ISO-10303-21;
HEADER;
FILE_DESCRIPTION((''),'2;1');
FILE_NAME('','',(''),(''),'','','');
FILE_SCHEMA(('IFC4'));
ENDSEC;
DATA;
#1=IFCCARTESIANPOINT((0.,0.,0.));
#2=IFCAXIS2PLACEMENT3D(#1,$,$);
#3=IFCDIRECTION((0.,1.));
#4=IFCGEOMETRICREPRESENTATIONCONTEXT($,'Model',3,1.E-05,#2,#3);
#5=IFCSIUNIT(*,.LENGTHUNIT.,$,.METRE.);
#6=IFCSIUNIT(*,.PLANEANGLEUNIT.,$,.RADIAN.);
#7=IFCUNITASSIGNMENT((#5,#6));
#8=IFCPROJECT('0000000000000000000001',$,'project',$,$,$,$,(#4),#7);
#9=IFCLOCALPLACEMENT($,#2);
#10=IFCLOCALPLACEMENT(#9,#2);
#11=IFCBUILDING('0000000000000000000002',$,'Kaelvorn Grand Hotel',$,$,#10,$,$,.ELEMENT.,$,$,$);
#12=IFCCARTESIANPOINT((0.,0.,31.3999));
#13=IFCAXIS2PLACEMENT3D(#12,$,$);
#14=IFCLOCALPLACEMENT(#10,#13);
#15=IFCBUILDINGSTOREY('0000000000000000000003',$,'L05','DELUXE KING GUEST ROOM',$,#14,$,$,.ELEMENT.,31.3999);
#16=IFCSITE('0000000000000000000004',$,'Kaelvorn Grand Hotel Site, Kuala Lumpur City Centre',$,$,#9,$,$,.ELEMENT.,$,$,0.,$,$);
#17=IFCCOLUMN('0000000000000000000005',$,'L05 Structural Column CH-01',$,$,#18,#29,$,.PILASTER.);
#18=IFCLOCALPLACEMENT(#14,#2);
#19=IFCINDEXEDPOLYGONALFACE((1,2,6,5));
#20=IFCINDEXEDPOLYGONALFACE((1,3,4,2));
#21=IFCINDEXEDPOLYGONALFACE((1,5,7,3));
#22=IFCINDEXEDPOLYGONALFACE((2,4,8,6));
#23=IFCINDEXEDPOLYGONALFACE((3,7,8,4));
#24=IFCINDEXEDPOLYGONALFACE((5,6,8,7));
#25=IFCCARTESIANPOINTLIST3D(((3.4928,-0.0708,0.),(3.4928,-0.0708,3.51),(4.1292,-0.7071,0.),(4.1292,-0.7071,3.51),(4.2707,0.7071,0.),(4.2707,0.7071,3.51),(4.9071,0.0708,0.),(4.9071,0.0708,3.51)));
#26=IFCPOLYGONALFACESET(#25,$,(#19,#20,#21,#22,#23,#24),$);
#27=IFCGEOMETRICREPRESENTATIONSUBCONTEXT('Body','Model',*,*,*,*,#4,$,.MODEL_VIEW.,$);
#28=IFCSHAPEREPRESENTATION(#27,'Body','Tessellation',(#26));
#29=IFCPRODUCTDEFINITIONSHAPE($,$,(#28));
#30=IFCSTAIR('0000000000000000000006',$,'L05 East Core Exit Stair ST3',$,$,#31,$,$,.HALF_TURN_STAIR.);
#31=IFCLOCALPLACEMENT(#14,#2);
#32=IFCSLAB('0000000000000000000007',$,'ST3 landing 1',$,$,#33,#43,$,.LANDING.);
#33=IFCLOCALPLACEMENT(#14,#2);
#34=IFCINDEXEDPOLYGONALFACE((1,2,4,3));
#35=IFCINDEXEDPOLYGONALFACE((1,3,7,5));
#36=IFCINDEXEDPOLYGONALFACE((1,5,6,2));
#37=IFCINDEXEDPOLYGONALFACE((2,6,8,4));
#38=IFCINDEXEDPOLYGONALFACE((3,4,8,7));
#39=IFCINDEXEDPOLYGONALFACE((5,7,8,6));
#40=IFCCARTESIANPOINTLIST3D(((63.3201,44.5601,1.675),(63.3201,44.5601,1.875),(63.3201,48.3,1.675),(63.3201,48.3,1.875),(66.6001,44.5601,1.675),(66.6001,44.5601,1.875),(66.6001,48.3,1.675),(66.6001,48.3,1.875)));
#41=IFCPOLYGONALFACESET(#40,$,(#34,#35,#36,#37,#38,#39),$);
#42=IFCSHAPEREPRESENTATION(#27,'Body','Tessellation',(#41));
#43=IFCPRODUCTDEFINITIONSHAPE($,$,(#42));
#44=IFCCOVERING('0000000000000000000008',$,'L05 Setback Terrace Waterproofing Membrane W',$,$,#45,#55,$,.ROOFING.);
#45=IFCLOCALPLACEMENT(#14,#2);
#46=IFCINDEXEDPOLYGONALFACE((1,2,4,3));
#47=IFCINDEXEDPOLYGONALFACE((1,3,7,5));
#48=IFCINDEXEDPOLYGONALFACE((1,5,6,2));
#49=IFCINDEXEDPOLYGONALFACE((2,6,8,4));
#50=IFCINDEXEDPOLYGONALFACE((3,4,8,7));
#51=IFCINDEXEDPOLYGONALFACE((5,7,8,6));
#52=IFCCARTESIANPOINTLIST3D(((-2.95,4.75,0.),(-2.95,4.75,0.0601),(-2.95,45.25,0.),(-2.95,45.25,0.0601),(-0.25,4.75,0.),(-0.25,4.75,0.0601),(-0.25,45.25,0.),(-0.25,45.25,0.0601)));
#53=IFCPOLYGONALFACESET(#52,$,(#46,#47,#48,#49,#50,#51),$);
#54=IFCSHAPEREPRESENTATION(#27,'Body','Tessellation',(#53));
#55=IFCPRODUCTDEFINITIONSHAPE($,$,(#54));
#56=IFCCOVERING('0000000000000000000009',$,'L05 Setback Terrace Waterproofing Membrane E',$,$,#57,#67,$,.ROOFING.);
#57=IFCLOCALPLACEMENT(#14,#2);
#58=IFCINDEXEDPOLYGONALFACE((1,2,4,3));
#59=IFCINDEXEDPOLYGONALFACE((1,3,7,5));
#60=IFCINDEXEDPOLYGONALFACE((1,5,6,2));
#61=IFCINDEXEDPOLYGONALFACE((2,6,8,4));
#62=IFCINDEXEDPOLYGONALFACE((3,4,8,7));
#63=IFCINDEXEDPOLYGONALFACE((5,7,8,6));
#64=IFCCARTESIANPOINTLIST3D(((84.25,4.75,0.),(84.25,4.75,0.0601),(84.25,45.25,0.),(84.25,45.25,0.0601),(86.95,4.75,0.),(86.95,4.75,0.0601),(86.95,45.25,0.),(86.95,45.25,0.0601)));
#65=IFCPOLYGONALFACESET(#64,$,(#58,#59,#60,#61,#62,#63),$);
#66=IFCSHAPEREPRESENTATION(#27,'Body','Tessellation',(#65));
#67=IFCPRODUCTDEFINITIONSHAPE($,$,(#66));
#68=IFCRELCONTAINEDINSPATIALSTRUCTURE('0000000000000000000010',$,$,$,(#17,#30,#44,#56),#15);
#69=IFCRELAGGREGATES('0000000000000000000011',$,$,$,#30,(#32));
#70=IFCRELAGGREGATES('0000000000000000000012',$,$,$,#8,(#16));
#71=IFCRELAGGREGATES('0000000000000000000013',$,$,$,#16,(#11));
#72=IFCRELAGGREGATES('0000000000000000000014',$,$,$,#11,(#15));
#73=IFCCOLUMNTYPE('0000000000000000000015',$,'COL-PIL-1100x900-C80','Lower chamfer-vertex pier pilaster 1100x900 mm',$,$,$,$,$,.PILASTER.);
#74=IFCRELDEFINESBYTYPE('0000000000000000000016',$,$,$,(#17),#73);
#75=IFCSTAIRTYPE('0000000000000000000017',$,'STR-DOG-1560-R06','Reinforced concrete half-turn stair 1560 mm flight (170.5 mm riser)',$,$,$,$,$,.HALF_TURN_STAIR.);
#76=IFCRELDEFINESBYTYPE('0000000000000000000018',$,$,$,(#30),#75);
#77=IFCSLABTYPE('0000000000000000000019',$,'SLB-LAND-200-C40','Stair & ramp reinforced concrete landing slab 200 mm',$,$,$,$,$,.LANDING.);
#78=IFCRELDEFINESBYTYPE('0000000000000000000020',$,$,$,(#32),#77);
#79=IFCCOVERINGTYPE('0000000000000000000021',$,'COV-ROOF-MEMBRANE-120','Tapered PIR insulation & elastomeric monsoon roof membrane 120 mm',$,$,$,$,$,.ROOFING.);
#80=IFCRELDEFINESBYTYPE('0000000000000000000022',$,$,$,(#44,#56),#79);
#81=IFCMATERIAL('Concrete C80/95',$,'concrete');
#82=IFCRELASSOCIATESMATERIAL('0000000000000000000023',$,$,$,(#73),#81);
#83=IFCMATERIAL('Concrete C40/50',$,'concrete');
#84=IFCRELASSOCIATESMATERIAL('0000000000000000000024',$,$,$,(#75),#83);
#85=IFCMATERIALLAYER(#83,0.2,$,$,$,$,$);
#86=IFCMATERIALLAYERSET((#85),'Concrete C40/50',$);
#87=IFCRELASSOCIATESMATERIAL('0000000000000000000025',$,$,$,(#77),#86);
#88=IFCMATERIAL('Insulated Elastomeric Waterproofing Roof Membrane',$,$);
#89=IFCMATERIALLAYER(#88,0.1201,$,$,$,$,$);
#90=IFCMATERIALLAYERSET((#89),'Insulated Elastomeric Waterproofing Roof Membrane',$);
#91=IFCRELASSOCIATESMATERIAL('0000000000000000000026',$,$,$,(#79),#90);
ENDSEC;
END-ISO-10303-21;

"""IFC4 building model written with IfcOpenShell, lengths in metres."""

from ifc_helpers import new_model, si_unit, direction, frame, origin, origin_2d, place, context, subcontext, project, spatial, polyline, rectangle, outline, extrude, material, layer, layer_set, material_profile, profile_set, type_object, element, aggregate, save


model = new_model("IFC4")

# Units and contexts
model_context = context("Model", 3, precision=1e-05, world=origin(), true_north=direction((0.0, 1.0)))
body_context = subcontext(model_context, "Body", "Model", "MODEL_VIEW")
ifc_project = project(units=[si_unit("LENGTHUNIT", "METRE"), si_unit("PLANEANGLEUNIT", "RADIAN")], contexts=[model_context])

# Site, building, storey
site_placement = place(None, origin())
site = spatial("IfcSite", under=ifc_project, at=site_placement, Name="Kaelvorn Grand Hotel Site, Kuala Lumpur City Centre", CompositionType="ELEMENT", RefElevation=0.0)
building_placement = place(site_placement, origin())
building = spatial("IfcBuilding", under=site, at=building_placement, Name="Kaelvorn Grand Hotel", CompositionType="ELEMENT")
storey_placement = place(building_placement, frame((0.0, 0.0, 31.3999)))
storey = spatial("IfcBuildingStorey", under=building, at=storey_placement, Name="L05", Description="DELUXE KING GUEST ROOM", CompositionType="ELEMENT", Elevation=31.3999)

# Column
ifc_material_1 = material(Name="Concrete C80/95", Category="concrete")
ifc_material_profile = material_profile(ifc_material_1, rectangle(XDim=1.1001, YDim=0.8999, at=origin_2d()), Name="RC PILASTER 1100x900")
ifc_profile_set = profile_set([ifc_material_profile], Name="Concrete C80/95")
column_type = type_object("IfcColumnType", Name="COL-PIL-1100x900-C80", Description="Lower chamfer-vertex pier pilaster 1100x900 mm", PredefinedType="PILASTER", material=ifc_profile_set)
column_placement = place(storey_placement, frame((4.2, 0.0, 0.0), z_axis=(0.0, 0.0, 1.0), x_axis=(0.707107, 0.707107, 0.0)))
element("IfcColumn", 1, at=column_placement, inside=storey, type_object=column_type, Name="L05 Structural Column CH-01", PredefinedType="PILASTER", context=body_context, shape_type="SweptSolid", body=[
    extrude(rectangle(XDim=1.1001, YDim=0.8999, at=origin_2d()), origin(), (0.0, 0.0, 1.0), 3.51),
])

# Stair, slab
ifc_material_2 = material(Name="Concrete C40/50", Category="concrete")
stair_type = type_object("IfcStairType", Name="STR-DOG-1560-R06", Description="Reinforced concrete half-turn stair 1560 mm flight (170.5 mm riser)", PredefinedType="HALF_TURN_STAIR", material=ifc_material_2)
stair_placement = place(storey_placement, origin())
stair = element("IfcStair", 2, at=stair_placement, inside=storey, type_object=stair_type, Name="L05 East Core Exit Stair ST3", PredefinedType="HALF_TURN_STAIR")
ifc_layer_1 = layer(ifc_material_2, 0.2)
ifc_layer_set_1 = layer_set([ifc_layer_1], Name="Concrete C40/50")
slab_type = type_object("IfcSlabType", Name="SLB-LAND-200-C40", Description="Stair & ramp reinforced concrete landing slab 200 mm", PredefinedType="LANDING", material=ifc_layer_set_1)
slab_placement = place(storey_placement, frame((0.0, 0.0, 1.675)))
slab = element("IfcSlab", 3, at=slab_placement, type_object=slab_type, Name="ST3 landing 1", PredefinedType="LANDING", context=body_context, shape_type="SweptSolid", body=[
    extrude(outline(polyline([(66.6001, 44.5601), (66.6001, 48.3), (63.3201, 48.3), (63.3201, 44.5601), (66.6001, 44.5601)])), origin(), (0.0, 0.0, 1.0), 0.2),
])
aggregate(stair, [slab])

# Coverings
ifc_material_3 = material(Name="Insulated Elastomeric Waterproofing Roof Membrane")
ifc_layer_2 = layer(ifc_material_3, 0.1201)
ifc_layer_set_2 = layer_set([ifc_layer_2], Name="Insulated Elastomeric Waterproofing Roof Membrane")
covering_type = type_object("IfcCoveringType", Name="COV-ROOF-MEMBRANE-120", Description="Tapered PIR insulation & elastomeric monsoon roof membrane 120 mm", PredefinedType="ROOFING", material=ifc_layer_set_2)
covering_1_placement = place(storey_placement, origin())
element("IfcCovering", 4, at=covering_1_placement, inside=storey, type_object=covering_type, Name="L05 Setback Terrace Waterproofing Membrane W", PredefinedType="ROOFING", context=body_context, shape_type="SweptSolid", body=[
    extrude(outline(polyline([(-2.95, 4.75), (-0.25, 4.75), (-0.25, 45.25), (-2.95, 45.25), (-2.95, 4.75)])), origin(), (0.0, 0.0, 1.0), 0.0601),
])
covering_2_placement = place(storey_placement, origin())
element("IfcCovering", 5, at=covering_2_placement, inside=storey, type_object=covering_type, Name="L05 Setback Terrace Waterproofing Membrane E", PredefinedType="ROOFING", context=body_context, shape_type="SweptSolid", body=[
    extrude(outline(polyline([(84.25, 4.75), (86.95, 4.75), (86.95, 45.25), (84.25, 45.25), (84.25, 4.75)])), origin(), (0.0, 0.0, 1.0), 0.0601),
])

save(model, "model.ifc")
